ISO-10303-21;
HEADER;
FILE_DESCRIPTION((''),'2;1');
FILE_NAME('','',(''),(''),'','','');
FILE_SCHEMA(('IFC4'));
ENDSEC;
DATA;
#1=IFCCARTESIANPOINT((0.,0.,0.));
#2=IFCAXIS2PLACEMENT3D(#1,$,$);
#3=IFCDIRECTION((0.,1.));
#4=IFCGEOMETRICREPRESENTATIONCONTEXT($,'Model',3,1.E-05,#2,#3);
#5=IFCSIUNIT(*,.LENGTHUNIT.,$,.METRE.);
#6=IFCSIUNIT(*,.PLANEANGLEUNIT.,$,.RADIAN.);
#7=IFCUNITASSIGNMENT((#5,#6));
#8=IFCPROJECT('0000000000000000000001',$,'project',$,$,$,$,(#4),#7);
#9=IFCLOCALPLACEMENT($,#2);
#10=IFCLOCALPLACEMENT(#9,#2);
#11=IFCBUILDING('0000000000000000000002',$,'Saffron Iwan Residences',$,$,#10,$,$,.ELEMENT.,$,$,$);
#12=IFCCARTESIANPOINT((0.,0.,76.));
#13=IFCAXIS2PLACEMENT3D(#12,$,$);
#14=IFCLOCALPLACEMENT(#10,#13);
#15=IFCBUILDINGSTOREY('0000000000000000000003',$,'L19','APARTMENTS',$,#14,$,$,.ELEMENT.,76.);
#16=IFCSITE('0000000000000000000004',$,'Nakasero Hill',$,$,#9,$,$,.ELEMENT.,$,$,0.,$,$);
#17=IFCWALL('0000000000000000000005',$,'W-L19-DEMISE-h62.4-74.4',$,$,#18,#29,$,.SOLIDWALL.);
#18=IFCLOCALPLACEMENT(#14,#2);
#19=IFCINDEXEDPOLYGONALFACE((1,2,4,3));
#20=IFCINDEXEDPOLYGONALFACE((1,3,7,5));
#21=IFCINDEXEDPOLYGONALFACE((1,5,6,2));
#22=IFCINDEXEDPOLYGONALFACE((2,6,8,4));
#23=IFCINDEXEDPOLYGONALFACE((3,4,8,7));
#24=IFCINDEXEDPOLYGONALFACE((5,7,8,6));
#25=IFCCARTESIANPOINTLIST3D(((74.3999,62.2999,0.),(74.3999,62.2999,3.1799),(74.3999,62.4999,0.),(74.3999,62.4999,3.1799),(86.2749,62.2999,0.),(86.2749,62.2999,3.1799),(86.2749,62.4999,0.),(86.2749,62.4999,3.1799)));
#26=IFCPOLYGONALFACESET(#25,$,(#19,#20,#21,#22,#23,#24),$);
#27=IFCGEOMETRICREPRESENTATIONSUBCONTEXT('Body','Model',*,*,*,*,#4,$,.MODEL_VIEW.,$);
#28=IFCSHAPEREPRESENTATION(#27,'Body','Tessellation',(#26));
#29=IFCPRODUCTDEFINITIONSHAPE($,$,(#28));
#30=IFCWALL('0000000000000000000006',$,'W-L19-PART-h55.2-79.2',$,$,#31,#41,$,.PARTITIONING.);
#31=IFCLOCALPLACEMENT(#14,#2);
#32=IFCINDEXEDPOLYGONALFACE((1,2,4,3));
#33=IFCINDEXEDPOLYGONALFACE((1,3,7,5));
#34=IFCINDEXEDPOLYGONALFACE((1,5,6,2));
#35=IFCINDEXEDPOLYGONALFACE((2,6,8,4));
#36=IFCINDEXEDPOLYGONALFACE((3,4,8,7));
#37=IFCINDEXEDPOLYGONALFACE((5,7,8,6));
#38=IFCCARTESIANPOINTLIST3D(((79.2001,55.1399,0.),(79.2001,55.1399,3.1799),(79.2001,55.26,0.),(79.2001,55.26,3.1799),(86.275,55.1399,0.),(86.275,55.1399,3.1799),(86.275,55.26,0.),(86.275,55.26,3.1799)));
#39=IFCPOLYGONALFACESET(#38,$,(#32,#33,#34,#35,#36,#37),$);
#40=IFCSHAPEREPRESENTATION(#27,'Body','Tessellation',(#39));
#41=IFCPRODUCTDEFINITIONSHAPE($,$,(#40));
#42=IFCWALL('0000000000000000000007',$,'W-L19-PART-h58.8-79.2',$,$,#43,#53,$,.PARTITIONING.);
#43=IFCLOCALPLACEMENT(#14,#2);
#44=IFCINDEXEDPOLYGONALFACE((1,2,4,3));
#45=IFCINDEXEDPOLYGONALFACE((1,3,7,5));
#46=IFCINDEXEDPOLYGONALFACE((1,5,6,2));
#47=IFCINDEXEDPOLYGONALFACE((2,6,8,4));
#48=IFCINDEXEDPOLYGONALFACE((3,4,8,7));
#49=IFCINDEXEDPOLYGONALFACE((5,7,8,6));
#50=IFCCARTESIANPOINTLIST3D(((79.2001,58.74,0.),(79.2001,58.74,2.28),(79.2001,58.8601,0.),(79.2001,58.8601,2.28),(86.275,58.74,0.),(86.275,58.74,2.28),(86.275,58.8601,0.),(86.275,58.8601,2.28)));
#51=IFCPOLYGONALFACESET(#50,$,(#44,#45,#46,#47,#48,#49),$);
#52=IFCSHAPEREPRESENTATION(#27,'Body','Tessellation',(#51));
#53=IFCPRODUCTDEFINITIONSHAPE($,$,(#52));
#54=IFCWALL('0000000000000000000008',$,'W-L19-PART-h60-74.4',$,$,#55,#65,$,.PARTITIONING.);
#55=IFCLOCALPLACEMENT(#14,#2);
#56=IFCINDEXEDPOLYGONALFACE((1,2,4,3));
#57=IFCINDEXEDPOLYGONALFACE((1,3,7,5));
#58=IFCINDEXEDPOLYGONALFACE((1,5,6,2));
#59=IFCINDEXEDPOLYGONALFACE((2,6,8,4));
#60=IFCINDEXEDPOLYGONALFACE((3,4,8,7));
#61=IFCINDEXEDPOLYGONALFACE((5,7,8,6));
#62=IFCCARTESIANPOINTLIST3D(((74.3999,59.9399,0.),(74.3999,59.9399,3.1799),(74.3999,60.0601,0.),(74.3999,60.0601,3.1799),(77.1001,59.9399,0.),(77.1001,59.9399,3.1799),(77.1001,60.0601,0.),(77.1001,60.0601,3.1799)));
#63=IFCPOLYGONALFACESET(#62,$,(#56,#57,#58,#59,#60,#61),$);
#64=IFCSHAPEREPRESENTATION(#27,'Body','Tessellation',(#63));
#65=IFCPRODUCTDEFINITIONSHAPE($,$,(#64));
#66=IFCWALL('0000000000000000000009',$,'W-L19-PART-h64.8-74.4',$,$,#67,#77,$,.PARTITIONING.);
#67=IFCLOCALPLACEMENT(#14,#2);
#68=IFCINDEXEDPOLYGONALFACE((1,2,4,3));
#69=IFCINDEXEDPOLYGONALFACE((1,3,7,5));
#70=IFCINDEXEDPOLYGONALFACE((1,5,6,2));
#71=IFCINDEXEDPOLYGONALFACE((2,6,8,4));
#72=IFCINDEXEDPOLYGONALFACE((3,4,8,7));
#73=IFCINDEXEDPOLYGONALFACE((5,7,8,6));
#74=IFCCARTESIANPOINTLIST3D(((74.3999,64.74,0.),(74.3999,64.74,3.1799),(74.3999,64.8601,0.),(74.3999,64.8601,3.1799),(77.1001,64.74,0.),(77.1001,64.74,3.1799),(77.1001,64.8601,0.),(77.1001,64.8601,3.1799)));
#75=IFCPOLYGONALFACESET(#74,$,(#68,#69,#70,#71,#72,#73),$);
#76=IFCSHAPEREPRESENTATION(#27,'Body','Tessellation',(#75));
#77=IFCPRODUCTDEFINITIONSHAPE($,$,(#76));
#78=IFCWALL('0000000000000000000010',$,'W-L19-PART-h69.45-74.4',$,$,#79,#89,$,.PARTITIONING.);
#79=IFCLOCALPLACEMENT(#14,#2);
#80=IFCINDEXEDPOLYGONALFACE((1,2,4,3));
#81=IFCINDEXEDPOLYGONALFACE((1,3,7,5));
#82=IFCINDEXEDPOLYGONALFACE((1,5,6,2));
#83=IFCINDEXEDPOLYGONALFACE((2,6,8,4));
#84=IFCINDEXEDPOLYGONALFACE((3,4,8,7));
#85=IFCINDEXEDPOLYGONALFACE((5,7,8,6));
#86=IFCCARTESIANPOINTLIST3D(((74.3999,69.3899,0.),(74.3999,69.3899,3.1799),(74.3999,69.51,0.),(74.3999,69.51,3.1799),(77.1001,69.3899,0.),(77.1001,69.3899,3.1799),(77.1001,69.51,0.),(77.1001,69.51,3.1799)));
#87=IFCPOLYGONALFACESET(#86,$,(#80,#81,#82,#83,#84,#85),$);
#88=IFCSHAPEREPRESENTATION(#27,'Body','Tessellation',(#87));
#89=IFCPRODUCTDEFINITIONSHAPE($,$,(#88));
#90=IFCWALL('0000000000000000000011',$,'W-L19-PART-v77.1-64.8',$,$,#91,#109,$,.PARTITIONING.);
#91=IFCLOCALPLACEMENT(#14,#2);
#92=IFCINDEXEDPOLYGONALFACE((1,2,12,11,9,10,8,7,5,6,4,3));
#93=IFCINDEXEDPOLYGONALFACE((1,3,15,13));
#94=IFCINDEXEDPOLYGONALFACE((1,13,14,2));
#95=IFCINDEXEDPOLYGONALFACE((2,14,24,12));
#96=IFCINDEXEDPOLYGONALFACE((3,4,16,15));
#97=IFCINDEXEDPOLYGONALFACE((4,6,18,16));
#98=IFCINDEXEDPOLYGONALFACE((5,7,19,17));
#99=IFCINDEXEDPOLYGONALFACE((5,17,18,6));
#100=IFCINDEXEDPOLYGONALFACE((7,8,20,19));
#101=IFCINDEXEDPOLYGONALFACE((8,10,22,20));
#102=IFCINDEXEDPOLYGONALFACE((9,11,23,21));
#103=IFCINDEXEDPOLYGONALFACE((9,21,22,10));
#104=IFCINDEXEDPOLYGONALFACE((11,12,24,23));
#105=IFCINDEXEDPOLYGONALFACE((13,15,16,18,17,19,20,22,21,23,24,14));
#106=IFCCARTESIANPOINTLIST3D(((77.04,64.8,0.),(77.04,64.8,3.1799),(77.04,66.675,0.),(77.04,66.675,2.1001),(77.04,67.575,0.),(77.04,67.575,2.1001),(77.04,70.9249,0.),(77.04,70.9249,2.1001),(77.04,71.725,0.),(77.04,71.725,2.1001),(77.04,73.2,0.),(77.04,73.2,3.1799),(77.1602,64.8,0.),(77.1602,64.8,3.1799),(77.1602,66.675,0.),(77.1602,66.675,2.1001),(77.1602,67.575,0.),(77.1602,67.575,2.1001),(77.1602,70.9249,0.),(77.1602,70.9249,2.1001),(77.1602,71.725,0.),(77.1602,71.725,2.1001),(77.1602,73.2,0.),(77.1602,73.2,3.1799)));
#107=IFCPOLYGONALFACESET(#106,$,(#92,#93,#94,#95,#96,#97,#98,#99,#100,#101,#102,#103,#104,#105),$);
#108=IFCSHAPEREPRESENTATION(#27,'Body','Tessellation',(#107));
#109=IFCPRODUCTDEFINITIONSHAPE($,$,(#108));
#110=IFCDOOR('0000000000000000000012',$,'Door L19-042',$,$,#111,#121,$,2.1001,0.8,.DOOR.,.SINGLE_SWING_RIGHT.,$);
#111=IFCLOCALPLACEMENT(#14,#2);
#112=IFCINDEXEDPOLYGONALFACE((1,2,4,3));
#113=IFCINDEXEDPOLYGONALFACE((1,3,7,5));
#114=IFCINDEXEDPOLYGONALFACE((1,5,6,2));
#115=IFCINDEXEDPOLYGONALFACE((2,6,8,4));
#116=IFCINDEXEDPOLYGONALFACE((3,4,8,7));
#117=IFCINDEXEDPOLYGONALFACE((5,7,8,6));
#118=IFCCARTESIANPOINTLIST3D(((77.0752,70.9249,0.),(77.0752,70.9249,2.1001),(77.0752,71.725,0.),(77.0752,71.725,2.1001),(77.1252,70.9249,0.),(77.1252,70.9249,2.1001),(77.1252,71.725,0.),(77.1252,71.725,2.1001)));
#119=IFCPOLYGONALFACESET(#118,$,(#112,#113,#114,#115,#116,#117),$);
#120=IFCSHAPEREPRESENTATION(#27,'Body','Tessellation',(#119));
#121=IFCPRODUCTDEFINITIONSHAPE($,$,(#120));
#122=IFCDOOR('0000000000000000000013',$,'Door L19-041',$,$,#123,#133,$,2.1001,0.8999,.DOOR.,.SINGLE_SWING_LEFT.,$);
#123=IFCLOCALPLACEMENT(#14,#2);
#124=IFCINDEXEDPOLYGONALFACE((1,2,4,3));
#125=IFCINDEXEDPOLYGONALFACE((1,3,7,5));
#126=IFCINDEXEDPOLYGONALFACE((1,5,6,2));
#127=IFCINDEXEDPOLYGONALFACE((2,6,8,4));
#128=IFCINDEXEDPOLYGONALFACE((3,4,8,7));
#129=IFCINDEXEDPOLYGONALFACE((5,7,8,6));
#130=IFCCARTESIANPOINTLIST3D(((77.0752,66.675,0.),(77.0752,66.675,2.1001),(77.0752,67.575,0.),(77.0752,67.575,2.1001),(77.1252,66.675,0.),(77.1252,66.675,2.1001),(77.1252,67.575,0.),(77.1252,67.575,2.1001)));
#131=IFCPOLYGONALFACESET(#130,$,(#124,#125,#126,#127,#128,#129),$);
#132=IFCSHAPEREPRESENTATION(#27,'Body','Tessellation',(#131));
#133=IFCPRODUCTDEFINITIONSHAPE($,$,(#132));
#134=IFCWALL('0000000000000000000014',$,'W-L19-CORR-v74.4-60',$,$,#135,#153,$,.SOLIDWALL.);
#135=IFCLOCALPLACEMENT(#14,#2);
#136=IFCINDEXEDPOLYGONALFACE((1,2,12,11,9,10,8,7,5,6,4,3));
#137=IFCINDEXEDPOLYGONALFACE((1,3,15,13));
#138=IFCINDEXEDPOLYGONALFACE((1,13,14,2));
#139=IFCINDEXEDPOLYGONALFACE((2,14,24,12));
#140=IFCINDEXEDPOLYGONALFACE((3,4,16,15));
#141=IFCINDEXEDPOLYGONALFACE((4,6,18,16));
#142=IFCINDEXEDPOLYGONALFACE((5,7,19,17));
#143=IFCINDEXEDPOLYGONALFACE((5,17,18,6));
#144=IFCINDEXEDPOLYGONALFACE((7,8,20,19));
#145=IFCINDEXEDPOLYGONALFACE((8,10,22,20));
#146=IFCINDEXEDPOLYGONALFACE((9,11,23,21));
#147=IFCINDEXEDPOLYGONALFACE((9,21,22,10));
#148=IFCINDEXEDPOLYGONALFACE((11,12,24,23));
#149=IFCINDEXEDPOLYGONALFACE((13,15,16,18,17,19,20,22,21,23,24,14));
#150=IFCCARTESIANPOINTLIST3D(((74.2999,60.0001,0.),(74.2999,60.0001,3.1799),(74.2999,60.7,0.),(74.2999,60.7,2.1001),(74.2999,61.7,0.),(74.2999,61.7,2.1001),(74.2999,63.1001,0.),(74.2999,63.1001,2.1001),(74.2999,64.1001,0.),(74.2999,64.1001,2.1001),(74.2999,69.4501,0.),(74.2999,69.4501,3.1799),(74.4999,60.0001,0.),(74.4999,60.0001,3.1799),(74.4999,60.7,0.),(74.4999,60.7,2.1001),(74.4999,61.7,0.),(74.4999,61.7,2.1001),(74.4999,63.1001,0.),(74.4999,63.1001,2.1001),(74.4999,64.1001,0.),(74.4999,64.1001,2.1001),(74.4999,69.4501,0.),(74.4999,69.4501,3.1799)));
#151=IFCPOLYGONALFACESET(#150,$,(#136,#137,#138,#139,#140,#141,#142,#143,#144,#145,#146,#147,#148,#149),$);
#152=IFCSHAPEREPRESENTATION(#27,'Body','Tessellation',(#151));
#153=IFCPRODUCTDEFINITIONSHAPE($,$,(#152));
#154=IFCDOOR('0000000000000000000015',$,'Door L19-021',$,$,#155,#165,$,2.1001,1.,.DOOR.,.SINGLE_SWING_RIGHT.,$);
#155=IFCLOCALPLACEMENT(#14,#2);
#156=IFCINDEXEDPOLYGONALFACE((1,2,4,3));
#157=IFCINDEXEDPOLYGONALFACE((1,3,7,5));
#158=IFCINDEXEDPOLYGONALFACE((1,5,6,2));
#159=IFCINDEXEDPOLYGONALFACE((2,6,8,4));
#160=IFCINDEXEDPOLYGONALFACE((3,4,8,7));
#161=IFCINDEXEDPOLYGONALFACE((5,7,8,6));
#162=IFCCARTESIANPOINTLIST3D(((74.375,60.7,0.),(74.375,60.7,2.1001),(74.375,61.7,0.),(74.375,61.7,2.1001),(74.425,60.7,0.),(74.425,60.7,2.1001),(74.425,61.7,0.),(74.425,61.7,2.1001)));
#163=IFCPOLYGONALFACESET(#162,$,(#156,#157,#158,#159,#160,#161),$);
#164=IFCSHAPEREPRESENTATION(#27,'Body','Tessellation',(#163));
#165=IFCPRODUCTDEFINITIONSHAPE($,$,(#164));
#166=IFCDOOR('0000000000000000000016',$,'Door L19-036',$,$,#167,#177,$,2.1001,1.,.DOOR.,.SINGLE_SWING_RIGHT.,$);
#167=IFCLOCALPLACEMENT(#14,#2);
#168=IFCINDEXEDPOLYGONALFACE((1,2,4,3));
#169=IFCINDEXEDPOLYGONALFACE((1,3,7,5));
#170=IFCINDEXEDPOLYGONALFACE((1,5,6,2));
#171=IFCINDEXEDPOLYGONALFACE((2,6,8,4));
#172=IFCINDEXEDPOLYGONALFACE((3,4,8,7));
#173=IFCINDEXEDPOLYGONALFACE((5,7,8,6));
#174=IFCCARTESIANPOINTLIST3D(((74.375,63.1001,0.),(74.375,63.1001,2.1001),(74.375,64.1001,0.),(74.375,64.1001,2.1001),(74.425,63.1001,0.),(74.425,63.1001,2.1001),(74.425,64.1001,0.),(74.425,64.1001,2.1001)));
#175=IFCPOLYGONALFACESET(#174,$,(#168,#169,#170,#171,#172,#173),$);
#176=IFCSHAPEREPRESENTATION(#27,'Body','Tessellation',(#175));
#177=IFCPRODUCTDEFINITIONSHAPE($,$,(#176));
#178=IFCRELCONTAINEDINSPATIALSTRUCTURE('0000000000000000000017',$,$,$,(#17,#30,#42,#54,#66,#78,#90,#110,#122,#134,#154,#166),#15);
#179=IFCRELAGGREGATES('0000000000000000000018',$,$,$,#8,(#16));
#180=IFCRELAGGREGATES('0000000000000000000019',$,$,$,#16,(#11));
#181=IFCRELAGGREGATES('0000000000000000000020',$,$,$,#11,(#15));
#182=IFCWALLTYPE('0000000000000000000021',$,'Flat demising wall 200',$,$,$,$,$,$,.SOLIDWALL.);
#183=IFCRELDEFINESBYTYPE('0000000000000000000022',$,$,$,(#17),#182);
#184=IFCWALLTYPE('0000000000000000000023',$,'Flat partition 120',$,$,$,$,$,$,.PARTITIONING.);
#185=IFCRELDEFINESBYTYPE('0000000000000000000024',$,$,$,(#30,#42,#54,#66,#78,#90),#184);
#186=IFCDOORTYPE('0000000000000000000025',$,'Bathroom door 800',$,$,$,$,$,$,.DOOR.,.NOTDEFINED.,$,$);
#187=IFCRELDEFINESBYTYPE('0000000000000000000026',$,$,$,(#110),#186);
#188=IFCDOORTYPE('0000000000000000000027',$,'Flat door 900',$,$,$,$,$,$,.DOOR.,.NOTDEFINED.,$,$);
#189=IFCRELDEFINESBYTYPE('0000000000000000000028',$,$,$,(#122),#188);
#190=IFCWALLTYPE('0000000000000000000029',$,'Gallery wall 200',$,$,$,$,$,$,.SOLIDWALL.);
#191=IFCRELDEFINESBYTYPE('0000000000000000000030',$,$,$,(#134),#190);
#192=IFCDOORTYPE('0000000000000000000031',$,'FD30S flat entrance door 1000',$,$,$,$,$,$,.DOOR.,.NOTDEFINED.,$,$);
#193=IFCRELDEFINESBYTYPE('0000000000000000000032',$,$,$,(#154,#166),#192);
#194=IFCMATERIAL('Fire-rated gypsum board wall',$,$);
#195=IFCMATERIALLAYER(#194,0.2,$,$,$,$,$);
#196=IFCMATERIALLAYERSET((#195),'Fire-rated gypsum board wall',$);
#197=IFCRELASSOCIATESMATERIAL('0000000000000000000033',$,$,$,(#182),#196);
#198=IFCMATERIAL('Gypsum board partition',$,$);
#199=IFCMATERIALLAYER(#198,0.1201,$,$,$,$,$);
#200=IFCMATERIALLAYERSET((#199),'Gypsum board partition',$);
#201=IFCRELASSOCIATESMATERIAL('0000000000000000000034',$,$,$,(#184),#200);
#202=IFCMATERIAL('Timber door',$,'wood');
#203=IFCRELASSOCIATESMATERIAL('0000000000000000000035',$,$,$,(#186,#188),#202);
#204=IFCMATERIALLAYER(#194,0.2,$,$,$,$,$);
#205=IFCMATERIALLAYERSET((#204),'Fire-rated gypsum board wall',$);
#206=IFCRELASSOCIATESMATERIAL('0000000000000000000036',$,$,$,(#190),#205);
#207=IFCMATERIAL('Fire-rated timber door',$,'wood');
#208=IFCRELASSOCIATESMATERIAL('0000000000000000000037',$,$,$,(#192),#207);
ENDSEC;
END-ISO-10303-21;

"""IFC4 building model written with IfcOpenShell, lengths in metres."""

from ifc_helpers import new_model, si_unit, direction, frame, frame_2d, origin, place, context, subcontext, project, spatial, rectangle, extrude, material, layer, layer_set, type_object, element, fill, save


model = new_model("IFC4")

# Units and contexts
model_context = context("Model", 3, precision=1e-05, world=origin(), true_north=direction((0.0, 1.0)))
body_context = subcontext(model_context, "Body", "Model", "MODEL_VIEW")
ifc_project = project(units=[si_unit("LENGTHUNIT", "METRE"), si_unit("PLANEANGLEUNIT", "RADIAN")], contexts=[model_context])

# Site, building, storey
site_placement = place(None, origin())
site = spatial("IfcSite", under=ifc_project, at=site_placement, Name="Nakasero Hill", CompositionType="ELEMENT", RefElevation=0.0)
building_placement = place(site_placement, origin())
building = spatial("IfcBuilding", under=site, at=building_placement, Name="Saffron Iwan Residences", CompositionType="ELEMENT")
storey_placement = place(building_placement, frame((0.0, 0.0, 76.0)))
storey = spatial("IfcBuildingStorey", under=building, at=storey_placement, Name="L19", Description="APARTMENTS", CompositionType="ELEMENT", Elevation=76.0)

# Walls
ifc_material_1 = material(Name="Fire-rated gypsum board wall")
ifc_layer_1 = layer(ifc_material_1, 0.2)
ifc_layer_set_1 = layer_set([ifc_layer_1], Name="Fire-rated gypsum board wall")
wall_type_1 = type_object("IfcWallType", Name="Flat demising wall 200", PredefinedType="SOLIDWALL", material=ifc_layer_set_1)
wall_1_placement = place(storey_placement, frame((74.3999, 62.3999, 0.0), z_axis=(0.0, 0.0, 1.0), x_axis=(1.0, 0.0, 0.0)))
element("IfcWall", 1, at=wall_1_placement, inside=storey, type_object=wall_type_1, Name="W-L19-DEMISE-h62.4-74.4", PredefinedType="SOLIDWALL", context=body_context, shape_type="SweptSolid", body=[
    extrude(rectangle(XDim=11.875, YDim=0.2, at=frame_2d((5.9375, 0.0))), origin(), (0.0, 0.0, 1.0), 3.1799),
])
ifc_material_2 = material(Name="Gypsum board partition")
ifc_layer_2 = layer(ifc_material_2, 0.1201)
ifc_layer_set_2 = layer_set([ifc_layer_2], Name="Gypsum board partition")
wall_type_2 = type_object("IfcWallType", Name="Flat partition 120", PredefinedType="PARTITIONING", material=ifc_layer_set_2)
wall_2_placement = place(storey_placement, frame((79.2, 55.2, 0.0), z_axis=(0.0, 0.0, 1.0), x_axis=(1.0, 0.0, 0.0)))
element("IfcWall", 2, at=wall_2_placement, inside=storey, type_object=wall_type_2, Name="W-L19-PART-h55.2-79.2", PredefinedType="PARTITIONING", context=body_context, shape_type="SweptSolid", body=[
    extrude(rectangle(XDim=7.075, YDim=0.1201, at=frame_2d((3.5376, 0.0))), origin(), (0.0, 0.0, 1.0), 3.1799),
])
wall_3_placement = place(storey_placement, frame((79.2, 58.8, 0.0), z_axis=(0.0, 0.0, 1.0), x_axis=(1.0, 0.0, 0.0)))
element("IfcWall", 3, at=wall_3_placement, inside=storey, type_object=wall_type_2, Name="W-L19-PART-h58.8-79.2", PredefinedType="PARTITIONING", context=body_context, shape_type="SweptSolid", body=[
    extrude(rectangle(XDim=7.075, YDim=0.1201, at=frame_2d((3.5376, 0.0))), origin(), (0.0, 0.0, 1.0), 2.28),
])
for number, where, z_axis, x_axis, name in (
    (4, (74.3999, 60.0, 0.0), (0.0, 0.0, 1.0), (1.0, 0.0, 0.0), "W-L19-PART-h60-74.4"),
    (5, (74.3999, 64.8, 0.0), (0.0, 0.0, 1.0), (1.0, 0.0, 0.0), "W-L19-PART-h64.8-74.4"),
    (6, (74.3999, 69.45, 0.0), (0.0, 0.0, 1.0), (1.0, 0.0, 0.0), "W-L19-PART-h69.45-74.4"),
):
    element("IfcWall", number, at=place(storey_placement, frame(where, z_axis=z_axis, x_axis=x_axis)), inside=storey, type_object=wall_type_2, Name=name, PredefinedType="PARTITIONING", context=body_context, shape_type="SweptSolid", body=[
        extrude(rectangle(XDim=2.7002, YDim=0.1201, at=frame_2d((1.3501, 0.0))), origin(), (0.0, 0.0, 1.0), 3.1799),
    ])

# Walls, openings, doors
wall_4_placement = place(storey_placement, frame((77.1001, 64.8, 0.0), z_axis=(0.0, 0.0, 1.0), x_axis=(0.0, 1.0, 0.0)))
wall_4 = element("IfcWall", 7, at=wall_4_placement, inside=storey, type_object=wall_type_2, Name="W-L19-PART-v77.1-64.8", PredefinedType="PARTITIONING", context=body_context, shape_type="SweptSolid", body=[
    extrude(rectangle(XDim=8.3999, YDim=0.1201, at=frame_2d((4.2, 0.0))), origin(), (0.0, 0.0, 1.0), 3.1799),
])
opening_1_placement = place(wall_4_placement, frame((1.875, 0.0, 0.0)))
opening_1 = element("IfcOpeningElement", 8, at=opening_1_placement, cuts=wall_4, PredefinedType="OPENING", context=body_context, shape_type="SweptSolid", body=[
    extrude(rectangle(XDim=0.8999, YDim=2.1001, at=frame_2d((0.45, 1.05))), frame((0.0, 0.0701, 0.0), z_axis=(0.0, -1.0, 0.0), x_axis=(1.0, 0.0, 0.0)), (0.0, 0.0, 1.0), 0.1401),
])
opening_2_placement = place(wall_4_placement, frame((6.125, 0.0, 0.0)))
opening_2 = element("IfcOpeningElement", 9, at=opening_2_placement, cuts=wall_4, PredefinedType="OPENING", context=body_context, shape_type="SweptSolid", body=[
    extrude(rectangle(XDim=0.8, YDim=2.1001, at=frame_2d((0.3999, 1.05))), frame((0.0, 0.0701, 0.0), z_axis=(0.0, -1.0, 0.0), x_axis=(1.0, 0.0, 0.0)), (0.0, 0.0, 1.0), 0.1401),
])
ifc_material_3 = material(Name="Timber door", Category="wood")
door_type_1 = type_object("IfcDoorType", Name="Bathroom door 800", OperationType="NOTDEFINED", PredefinedType="DOOR", material=ifc_material_3)
door_1_placement = place(opening_2_placement, origin())
door_1 = element("IfcDoor", 10, at=door_1_placement, inside=storey, type_object=door_type_1, Name="Door L19-042", OperationType="SINGLE_SWING_RIGHT", OverallHeight=2.1001, OverallWidth=0.8, PredefinedType="DOOR", context=body_context, shape_type="SweptSolid", body=[
    extrude(rectangle(XDim=0.8, YDim=2.1001, at=frame_2d((0.3999, 1.05))), frame((0.0, 0.0249, 0.0), z_axis=(0.0, -1.0, 0.0), x_axis=(1.0, 0.0, 0.0)), (0.0, 0.0, 1.0), 0.05),
])
fill(opening_2, door_1)
door_type_2 = type_object("IfcDoorType", Name="Flat door 900", OperationType="NOTDEFINED", PredefinedType="DOOR", material=ifc_material_3)
door_2_placement = place(opening_1_placement, origin())
door_2 = element("IfcDoor", 11, at=door_2_placement, inside=storey, type_object=door_type_2, Name="Door L19-041", OperationType="SINGLE_SWING_LEFT", OverallHeight=2.1001, OverallWidth=0.8999, PredefinedType="DOOR", context=body_context, shape_type="SweptSolid", body=[
    extrude(rectangle(XDim=0.8999, YDim=2.1001, at=frame_2d((0.45, 1.05))), frame((0.0, 0.0249, 0.0), z_axis=(0.0, -1.0, 0.0), x_axis=(1.0, 0.0, 0.0)), (0.0, 0.0, 1.0), 0.05),
])
fill(opening_1, door_2)
ifc_layer_3 = layer(ifc_material_1, 0.2)
ifc_layer_set_3 = layer_set([ifc_layer_3], Name="Fire-rated gypsum board wall")
wall_type_3 = type_object("IfcWallType", Name="Gallery wall 200", PredefinedType="SOLIDWALL", material=ifc_layer_set_3)
wall_5_placement = place(storey_placement, frame((74.3999, 60.0, 0.0), z_axis=(0.0, 0.0, 1.0), x_axis=(0.0, 1.0, 0.0)))
wall_5 = element("IfcWall", 12, at=wall_5_placement, inside=storey, type_object=wall_type_3, Name="W-L19-CORR-v74.4-60", PredefinedType="SOLIDWALL", context=body_context, shape_type="SweptSolid", body=[
    extrude(rectangle(XDim=9.45, YDim=0.2, at=frame_2d((4.7251, 0.0))), origin(), (0.0, 0.0, 1.0), 3.1799),
])
opening_3_placement = place(wall_5_placement, frame((0.7, 0.0, 0.0)))
opening_3 = element("IfcOpeningElement", 13, at=opening_3_placement, cuts=wall_5, PredefinedType="OPENING", context=body_context, shape_type="SweptSolid", body=[
    extrude(rectangle(XDim=1.0, YDim=2.1001, at=frame_2d((0.5, 1.05))), frame((0.0, 0.1099, 0.0), z_axis=(0.0, -1.0, 0.0), x_axis=(1.0, 0.0, 0.0)), (0.0, 0.0, 1.0), 0.22),
])
opening_4_placement = place(wall_5_placement, frame((3.1001, 0.0, 0.0)))
opening_4 = element("IfcOpeningElement", 14, at=opening_4_placement, cuts=wall_5, PredefinedType="OPENING", context=body_context, shape_type="SweptSolid", body=[
    extrude(rectangle(XDim=1.0, YDim=2.1001, at=frame_2d((0.5, 1.05))), frame((0.0, 0.1099, 0.0), z_axis=(0.0, -1.0, 0.0), x_axis=(1.0, 0.0, 0.0)), (0.0, 0.0, 1.0), 0.22),
])
ifc_material_4 = material(Name="Fire-rated timber door", Category="wood")
door_type_3 = type_object("IfcDoorType", Name="FD30S flat entrance door 1000", OperationType="NOTDEFINED", PredefinedType="DOOR", material=ifc_material_4)
door_3_placement = place(opening_3_placement, origin())
door_3 = element("IfcDoor", 15, at=door_3_placement, inside=storey, type_object=door_type_3, Name="Door L19-021", OperationType="SINGLE_SWING_RIGHT", OverallHeight=2.1001, OverallWidth=1.0, PredefinedType="DOOR", context=body_context, shape_type="SweptSolid", body=[
    extrude(rectangle(XDim=1.0, YDim=2.1001, at=frame_2d((0.5, 1.05))), frame((0.0, 0.0249, 0.0), z_axis=(0.0, -1.0, 0.0), x_axis=(1.0, 0.0, 0.0)), (0.0, 0.0, 1.0), 0.05),
])
fill(opening_3, door_3)
door_4_placement = place(opening_4_placement, origin())
door_4 = element("IfcDoor", 16, at=door_4_placement, inside=storey, type_object=door_type_3, Name="Door L19-036", OperationType="SINGLE_SWING_RIGHT", OverallHeight=2.1001, OverallWidth=1.0, PredefinedType="DOOR", context=body_context, shape_type="SweptSolid", body=[
    extrude(rectangle(XDim=1.0, YDim=2.1001, at=frame_2d((0.5, 1.05))), frame((0.0, 0.0249, 0.0), z_axis=(0.0, -1.0, 0.0), x_axis=(1.0, 0.0, 0.0)), (0.0, 0.0, 1.0), 0.05),
])
fill(opening_4, door_4)

save(model, "model.ifc")
